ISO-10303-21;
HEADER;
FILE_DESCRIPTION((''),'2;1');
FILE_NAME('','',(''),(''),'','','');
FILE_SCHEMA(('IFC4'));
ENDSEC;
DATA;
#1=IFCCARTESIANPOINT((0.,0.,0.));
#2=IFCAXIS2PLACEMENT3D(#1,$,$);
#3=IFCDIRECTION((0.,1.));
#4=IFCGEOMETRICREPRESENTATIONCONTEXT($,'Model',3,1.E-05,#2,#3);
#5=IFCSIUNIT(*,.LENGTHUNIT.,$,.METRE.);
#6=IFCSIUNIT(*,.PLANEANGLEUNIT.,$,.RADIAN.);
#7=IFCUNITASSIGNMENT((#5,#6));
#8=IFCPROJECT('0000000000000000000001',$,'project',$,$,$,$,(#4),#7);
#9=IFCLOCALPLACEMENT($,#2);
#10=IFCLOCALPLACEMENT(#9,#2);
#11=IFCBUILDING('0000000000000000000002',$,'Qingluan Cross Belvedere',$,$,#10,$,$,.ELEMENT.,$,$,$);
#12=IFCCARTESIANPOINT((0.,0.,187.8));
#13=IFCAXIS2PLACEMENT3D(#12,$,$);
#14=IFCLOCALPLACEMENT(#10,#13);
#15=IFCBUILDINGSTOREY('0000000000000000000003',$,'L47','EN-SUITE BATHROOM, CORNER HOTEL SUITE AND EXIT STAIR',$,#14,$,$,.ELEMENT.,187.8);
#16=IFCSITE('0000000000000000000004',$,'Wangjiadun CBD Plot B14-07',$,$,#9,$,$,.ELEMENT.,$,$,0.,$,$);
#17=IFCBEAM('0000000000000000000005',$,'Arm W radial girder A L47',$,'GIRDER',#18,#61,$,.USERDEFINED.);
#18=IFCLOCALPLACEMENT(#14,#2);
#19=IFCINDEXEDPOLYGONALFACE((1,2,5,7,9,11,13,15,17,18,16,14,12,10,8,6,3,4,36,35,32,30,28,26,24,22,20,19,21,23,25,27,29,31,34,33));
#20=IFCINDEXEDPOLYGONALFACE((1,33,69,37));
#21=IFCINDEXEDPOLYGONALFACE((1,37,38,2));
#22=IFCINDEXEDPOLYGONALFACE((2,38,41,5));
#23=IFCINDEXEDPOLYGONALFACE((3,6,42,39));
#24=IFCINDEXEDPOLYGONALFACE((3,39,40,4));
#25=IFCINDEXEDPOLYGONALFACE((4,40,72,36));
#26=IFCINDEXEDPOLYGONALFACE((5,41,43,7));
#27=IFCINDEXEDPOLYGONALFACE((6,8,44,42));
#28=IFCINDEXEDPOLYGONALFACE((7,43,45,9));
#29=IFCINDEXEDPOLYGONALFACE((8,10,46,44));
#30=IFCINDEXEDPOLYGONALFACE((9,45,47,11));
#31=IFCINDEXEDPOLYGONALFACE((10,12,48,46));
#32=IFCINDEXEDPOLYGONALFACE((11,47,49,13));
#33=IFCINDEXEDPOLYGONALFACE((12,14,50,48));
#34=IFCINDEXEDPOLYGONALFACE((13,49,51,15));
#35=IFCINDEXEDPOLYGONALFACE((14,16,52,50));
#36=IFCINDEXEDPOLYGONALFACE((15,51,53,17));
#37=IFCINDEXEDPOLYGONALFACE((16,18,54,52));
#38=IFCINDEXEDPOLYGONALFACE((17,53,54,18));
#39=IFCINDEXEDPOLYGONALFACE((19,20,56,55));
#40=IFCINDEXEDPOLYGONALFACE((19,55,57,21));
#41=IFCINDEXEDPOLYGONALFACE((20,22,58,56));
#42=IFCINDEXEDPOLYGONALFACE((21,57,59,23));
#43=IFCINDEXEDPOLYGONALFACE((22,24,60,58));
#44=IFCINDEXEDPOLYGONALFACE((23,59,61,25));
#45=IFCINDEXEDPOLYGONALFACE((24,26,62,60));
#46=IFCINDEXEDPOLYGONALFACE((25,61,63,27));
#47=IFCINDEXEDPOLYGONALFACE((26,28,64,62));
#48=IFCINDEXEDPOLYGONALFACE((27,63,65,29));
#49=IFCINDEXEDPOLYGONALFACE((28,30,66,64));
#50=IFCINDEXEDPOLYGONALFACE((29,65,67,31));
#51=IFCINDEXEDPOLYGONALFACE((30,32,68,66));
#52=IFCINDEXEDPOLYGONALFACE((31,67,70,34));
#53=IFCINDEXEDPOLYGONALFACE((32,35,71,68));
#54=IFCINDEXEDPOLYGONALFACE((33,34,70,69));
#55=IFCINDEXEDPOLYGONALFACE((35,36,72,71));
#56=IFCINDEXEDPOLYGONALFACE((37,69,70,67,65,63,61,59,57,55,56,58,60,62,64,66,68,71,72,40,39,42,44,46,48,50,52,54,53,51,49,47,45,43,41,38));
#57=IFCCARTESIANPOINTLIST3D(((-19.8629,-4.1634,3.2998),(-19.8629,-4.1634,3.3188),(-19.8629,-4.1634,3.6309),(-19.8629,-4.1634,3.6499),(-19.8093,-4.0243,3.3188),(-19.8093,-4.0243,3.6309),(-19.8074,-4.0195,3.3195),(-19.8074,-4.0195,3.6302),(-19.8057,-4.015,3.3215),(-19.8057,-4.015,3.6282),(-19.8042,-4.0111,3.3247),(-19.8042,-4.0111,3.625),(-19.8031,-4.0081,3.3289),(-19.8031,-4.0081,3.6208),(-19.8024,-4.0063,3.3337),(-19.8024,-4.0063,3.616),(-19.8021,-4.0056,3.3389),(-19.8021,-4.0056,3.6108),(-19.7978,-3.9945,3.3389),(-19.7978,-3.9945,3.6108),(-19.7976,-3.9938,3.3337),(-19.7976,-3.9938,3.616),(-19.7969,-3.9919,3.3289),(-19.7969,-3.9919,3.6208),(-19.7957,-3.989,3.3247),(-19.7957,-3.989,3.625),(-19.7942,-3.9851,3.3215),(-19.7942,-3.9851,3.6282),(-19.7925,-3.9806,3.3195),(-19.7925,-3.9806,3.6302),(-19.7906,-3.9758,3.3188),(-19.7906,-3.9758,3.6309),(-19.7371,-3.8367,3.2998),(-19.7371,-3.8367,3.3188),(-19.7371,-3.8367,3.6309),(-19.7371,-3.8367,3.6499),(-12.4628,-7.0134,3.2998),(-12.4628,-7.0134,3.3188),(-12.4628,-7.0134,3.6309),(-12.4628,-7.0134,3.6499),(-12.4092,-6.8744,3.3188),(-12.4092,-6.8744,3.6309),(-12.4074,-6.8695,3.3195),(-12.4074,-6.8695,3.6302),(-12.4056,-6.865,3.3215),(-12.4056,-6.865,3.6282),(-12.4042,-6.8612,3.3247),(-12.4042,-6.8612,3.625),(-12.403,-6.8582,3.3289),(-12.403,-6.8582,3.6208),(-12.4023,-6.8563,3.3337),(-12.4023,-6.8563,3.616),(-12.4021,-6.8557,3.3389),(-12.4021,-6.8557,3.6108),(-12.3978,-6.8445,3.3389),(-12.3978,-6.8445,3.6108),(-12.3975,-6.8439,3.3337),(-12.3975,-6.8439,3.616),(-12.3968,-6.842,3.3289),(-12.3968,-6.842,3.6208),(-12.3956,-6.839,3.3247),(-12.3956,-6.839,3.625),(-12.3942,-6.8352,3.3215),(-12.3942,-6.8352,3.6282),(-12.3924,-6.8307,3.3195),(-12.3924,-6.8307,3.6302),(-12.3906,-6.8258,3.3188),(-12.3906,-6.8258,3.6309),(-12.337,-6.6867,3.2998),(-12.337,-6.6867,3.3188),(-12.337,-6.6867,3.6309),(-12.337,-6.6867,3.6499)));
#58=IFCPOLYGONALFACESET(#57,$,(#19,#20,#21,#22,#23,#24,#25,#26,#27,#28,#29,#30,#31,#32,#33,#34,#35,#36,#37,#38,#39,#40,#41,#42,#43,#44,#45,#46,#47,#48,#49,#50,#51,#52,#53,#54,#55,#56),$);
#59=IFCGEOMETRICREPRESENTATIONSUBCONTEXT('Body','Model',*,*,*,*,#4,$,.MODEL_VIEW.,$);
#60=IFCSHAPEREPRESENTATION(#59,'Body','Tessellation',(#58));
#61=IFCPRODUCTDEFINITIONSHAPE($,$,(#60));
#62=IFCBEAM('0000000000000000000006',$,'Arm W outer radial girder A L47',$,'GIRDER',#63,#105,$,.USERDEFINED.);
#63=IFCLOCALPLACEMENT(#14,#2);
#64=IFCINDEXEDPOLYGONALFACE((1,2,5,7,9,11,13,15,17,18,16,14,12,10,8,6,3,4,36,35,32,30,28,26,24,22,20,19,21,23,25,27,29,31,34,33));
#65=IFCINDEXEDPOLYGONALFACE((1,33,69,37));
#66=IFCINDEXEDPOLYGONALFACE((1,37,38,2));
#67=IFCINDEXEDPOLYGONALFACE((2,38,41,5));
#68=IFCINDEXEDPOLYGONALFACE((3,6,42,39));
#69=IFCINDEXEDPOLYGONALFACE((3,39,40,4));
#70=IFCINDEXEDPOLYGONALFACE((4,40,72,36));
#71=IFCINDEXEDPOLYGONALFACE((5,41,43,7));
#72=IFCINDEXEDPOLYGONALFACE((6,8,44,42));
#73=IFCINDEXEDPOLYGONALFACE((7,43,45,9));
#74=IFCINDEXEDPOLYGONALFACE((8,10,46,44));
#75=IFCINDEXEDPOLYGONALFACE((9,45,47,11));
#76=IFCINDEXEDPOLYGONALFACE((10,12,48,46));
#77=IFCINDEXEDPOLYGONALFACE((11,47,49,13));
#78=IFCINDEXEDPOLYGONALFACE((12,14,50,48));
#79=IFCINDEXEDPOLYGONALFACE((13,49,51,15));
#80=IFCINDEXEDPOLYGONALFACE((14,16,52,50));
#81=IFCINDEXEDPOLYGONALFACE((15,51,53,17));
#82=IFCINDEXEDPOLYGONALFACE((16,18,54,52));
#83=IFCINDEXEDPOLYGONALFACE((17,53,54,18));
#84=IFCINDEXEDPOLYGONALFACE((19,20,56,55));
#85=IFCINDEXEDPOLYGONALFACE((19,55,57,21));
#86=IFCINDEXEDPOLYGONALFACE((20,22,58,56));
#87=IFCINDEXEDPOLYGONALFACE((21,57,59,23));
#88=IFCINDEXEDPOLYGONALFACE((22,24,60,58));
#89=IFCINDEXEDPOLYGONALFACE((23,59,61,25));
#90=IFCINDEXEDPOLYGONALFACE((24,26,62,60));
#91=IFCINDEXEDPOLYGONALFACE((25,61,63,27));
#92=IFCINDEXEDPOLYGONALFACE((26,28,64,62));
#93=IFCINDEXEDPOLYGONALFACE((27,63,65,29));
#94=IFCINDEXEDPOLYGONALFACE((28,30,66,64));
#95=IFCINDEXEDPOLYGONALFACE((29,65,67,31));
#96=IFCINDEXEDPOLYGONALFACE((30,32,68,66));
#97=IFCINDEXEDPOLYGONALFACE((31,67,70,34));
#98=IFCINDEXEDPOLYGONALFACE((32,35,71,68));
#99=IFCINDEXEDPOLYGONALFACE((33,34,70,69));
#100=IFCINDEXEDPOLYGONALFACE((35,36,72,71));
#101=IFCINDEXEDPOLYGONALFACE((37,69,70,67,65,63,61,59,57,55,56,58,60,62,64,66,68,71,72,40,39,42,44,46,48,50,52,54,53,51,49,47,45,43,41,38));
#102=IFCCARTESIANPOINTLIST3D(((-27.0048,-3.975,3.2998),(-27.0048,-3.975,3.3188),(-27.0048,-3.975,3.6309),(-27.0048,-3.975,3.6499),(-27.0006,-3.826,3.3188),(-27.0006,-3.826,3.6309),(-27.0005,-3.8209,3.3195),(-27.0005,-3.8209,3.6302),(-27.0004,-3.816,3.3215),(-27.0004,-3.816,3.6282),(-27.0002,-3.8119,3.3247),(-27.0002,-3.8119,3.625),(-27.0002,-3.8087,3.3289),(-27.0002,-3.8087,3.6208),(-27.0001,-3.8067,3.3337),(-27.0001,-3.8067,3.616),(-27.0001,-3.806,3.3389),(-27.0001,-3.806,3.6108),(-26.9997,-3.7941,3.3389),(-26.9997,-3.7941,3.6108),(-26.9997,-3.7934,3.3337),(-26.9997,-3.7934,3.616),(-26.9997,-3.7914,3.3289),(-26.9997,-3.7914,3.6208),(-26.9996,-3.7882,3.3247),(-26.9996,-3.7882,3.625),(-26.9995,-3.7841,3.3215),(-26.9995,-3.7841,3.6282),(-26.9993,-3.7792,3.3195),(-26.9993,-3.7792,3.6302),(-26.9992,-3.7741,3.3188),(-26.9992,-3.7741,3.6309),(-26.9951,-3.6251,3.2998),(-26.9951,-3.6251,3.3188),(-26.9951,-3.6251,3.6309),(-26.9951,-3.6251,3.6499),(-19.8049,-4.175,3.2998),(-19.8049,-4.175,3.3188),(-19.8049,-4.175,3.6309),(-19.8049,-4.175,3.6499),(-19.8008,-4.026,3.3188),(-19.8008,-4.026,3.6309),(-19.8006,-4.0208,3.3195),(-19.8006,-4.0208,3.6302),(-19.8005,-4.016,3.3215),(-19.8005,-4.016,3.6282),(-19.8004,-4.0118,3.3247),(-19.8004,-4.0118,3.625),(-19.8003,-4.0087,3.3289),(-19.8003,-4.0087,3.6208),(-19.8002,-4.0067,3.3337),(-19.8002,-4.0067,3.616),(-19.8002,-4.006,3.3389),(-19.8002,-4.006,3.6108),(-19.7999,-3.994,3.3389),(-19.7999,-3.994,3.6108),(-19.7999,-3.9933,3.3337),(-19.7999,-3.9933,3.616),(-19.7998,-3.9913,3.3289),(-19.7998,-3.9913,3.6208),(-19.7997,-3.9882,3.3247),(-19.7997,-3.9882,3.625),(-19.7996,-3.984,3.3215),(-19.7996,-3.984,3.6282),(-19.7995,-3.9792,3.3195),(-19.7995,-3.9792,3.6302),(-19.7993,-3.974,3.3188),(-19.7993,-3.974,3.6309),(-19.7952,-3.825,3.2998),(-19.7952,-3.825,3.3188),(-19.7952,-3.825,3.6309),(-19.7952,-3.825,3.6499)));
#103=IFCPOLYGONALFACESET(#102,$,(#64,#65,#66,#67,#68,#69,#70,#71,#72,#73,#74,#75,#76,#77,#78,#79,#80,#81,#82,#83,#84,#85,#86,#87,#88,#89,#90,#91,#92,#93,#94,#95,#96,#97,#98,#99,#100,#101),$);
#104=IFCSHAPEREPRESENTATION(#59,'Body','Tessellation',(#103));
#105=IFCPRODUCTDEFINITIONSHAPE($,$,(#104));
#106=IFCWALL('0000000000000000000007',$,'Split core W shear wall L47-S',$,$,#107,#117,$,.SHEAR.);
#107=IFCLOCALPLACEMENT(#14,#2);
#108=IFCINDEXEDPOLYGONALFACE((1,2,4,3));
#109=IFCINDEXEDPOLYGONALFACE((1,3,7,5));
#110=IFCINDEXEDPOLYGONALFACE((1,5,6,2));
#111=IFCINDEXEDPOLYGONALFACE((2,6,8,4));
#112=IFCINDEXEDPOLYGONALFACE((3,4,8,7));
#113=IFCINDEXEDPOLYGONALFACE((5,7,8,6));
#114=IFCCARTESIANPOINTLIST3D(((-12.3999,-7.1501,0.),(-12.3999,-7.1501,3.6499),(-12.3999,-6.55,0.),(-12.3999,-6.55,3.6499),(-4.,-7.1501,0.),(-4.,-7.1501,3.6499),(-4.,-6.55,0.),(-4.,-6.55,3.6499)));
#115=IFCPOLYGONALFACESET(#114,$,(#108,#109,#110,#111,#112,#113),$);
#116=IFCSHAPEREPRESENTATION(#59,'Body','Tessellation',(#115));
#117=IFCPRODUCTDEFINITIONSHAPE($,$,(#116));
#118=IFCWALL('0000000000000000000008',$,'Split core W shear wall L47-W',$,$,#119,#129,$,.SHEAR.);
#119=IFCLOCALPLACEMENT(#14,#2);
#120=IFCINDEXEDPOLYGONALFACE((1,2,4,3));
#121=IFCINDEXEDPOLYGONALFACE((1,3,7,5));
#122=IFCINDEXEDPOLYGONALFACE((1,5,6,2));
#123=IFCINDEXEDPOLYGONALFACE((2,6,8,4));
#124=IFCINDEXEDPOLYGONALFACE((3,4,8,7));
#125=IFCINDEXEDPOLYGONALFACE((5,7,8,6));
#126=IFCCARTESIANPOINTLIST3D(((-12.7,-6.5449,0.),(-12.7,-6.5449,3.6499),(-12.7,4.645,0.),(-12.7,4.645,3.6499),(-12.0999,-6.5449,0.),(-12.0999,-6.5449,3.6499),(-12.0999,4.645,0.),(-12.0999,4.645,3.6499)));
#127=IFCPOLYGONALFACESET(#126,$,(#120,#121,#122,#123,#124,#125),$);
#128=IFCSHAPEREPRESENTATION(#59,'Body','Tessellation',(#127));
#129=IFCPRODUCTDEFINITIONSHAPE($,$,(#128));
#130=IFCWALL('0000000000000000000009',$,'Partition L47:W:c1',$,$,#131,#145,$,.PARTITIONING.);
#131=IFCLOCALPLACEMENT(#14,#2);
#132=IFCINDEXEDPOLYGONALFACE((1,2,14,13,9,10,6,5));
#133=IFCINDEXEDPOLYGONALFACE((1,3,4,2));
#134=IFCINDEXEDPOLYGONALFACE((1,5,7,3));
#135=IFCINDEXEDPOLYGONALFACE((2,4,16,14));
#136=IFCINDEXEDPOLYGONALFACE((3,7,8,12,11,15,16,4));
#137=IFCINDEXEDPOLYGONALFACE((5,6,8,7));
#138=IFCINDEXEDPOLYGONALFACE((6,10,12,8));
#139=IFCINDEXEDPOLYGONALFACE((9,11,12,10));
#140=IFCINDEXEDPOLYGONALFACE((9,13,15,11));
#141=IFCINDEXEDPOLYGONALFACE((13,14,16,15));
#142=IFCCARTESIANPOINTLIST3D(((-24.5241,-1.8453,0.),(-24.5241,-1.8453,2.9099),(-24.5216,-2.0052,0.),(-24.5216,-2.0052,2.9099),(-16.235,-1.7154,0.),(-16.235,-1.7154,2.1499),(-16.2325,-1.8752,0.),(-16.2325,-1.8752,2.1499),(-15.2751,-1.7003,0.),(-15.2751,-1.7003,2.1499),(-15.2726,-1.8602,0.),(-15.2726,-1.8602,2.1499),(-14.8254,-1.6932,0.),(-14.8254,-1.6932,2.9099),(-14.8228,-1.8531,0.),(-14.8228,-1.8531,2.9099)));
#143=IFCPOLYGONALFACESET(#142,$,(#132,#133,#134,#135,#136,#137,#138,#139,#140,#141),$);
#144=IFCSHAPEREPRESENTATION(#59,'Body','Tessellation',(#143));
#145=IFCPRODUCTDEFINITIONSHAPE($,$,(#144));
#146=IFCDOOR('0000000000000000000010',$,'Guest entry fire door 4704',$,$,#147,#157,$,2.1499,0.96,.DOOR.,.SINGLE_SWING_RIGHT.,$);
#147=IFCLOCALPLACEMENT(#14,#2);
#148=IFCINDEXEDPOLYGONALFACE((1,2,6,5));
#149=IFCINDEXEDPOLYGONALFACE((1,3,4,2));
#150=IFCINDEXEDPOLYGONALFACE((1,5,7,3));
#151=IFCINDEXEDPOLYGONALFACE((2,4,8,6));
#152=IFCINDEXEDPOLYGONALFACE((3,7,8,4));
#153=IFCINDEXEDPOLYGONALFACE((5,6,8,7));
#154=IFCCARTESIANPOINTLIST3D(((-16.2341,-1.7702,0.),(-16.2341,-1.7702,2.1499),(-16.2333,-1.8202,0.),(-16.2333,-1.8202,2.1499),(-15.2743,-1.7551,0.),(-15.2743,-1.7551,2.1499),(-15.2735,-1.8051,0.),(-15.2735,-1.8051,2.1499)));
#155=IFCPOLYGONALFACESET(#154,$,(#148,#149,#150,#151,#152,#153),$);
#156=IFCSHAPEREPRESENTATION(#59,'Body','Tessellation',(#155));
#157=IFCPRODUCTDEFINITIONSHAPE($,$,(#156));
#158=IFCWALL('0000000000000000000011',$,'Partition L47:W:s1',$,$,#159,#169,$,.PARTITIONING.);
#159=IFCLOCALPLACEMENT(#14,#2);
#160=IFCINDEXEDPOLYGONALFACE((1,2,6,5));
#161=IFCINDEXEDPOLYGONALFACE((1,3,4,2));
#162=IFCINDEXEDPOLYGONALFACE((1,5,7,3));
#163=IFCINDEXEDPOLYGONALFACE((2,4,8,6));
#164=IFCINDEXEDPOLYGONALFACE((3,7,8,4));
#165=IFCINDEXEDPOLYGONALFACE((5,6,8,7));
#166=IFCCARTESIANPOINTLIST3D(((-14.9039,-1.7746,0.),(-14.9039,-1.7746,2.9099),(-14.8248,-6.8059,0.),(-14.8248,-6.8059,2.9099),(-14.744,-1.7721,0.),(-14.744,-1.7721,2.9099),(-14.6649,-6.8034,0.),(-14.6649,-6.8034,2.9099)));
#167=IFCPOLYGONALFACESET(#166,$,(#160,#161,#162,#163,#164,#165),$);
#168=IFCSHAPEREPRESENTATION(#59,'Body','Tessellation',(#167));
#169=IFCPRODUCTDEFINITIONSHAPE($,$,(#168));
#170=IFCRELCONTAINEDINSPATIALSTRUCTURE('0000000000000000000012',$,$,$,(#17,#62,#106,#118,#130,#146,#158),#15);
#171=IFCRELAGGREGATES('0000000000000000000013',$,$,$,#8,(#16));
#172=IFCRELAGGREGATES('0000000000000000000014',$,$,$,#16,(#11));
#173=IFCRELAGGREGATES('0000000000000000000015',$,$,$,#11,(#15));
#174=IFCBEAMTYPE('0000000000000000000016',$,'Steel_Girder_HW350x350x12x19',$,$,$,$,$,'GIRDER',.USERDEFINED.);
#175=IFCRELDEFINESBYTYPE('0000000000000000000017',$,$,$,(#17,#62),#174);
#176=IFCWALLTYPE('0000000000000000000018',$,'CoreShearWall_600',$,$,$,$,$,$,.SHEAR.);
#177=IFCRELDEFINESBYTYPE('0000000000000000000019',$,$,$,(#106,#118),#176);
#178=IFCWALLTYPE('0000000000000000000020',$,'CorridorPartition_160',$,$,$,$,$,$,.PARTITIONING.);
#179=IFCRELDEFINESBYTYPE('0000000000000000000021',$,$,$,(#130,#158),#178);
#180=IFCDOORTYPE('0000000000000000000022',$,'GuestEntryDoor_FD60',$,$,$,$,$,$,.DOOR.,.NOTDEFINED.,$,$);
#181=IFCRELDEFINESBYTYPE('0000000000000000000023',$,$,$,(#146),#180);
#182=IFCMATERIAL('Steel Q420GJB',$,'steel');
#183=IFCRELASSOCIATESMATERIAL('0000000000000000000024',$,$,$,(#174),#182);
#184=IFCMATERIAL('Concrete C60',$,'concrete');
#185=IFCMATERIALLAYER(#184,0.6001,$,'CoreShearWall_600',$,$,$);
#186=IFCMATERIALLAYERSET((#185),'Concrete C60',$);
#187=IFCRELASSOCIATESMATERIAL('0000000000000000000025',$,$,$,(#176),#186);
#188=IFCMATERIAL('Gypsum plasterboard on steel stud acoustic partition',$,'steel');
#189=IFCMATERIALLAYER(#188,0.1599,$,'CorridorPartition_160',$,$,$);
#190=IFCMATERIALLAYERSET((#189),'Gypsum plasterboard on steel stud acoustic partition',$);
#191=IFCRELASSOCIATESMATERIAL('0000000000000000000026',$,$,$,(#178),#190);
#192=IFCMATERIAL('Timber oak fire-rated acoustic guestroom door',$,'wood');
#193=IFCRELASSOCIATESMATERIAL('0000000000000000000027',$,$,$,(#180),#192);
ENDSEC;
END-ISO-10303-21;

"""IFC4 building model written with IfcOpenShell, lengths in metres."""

from ifc_helpers import new_model, si_unit, direction, frame, frame_2d, origin, origin_2d, place, context, subcontext, project, spatial, rectangle, i_section, extrude, material, layer, layer_set, material_profile, profile_set, type_object, element, fill, save


model = new_model("IFC4")

# Units and contexts
model_context = context("Model", 3, precision=1e-05, world=origin(), true_north=direction((0.0, 1.0)))
body_context = subcontext(model_context, "Body", "Model", "MODEL_VIEW")
ifc_project = project(units=[si_unit("LENGTHUNIT", "METRE"), si_unit("PLANEANGLEUNIT", "RADIAN")], contexts=[model_context])

# Site, building, storey
site_placement = place(None, origin())
site = spatial("IfcSite", under=ifc_project, at=site_placement, Name="Wangjiadun CBD Plot B14-07", CompositionType="ELEMENT", RefElevation=0.0)
building_placement = place(site_placement, origin())
building = spatial("IfcBuilding", under=site, at=building_placement, Name="Qingluan Cross Belvedere", CompositionType="ELEMENT")
storey_placement = place(building_placement, frame((0.0, 0.0, 187.8)))
storey = spatial("IfcBuildingStorey", under=building, at=storey_placement, Name="L47", Description="EN-SUITE BATHROOM, CORNER HOTEL SUITE AND EXIT STAIR", CompositionType="ELEMENT", Elevation=187.8)

# Beams
ifc_material_1 = material(Name="Steel Q420GJB", Category="steel")
ifc_material_profile_1 = material_profile(ifc_material_1, i_section(OverallWidth=0.3501, OverallDepth=0.3501, WebThickness=0.012, FlangeThickness=0.019, FilletRadius=0.02, at=origin_2d()), Name="HW350x350x12x19")
ifc_profile_set_1 = profile_set([ifc_material_profile_1], Name="Steel Q420GJB")
beam_type_1 = type_object("IfcBeamType", Name="Steel_Girder_HW350x350x12x19", ElementType="GIRDER", PredefinedType="USERDEFINED", material=ifc_profile_set_1)
beam_1_placement = place(storey_placement, frame((-12.3999, -6.8501, 3.4749), z_axis=(-0.933181, 0.359406, 0.0), x_axis=(-0.359406, -0.933181, 0.0)))
element("IfcBeam", 1, at=beam_1_placement, inside=storey, type_object=beam_type_1, Name="Arm W radial girder A L47", ObjectType="GIRDER", PredefinedType="USERDEFINED", context=body_context, shape_type="SweptSolid", body=[
    extrude(i_section(OverallWidth=0.3501, OverallDepth=0.3501, WebThickness=0.012, FlangeThickness=0.019, FilletRadius=0.02, at=origin_2d()), origin(), (0.0, 0.0, 1.0), 7.9299),
])
beam_2_placement = place(storey_placement, frame((-19.8, -4.0, 3.4749), z_axis=(-0.999615, 0.02776, 0.0), x_axis=(-0.02776, -0.999615, 0.0)))
element("IfcBeam", 2, at=beam_2_placement, inside=storey, type_object=beam_type_1, Name="Arm W outer radial girder A L47", ObjectType="GIRDER", PredefinedType="USERDEFINED", context=body_context, shape_type="SweptSolid", body=[
    extrude(i_section(OverallWidth=0.3501, OverallDepth=0.3501, WebThickness=0.012, FlangeThickness=0.019, FilletRadius=0.02, at=origin_2d()), origin(), (0.0, 0.0, 1.0), 7.2026),
])

# Walls
ifc_material_2 = material(Name="Concrete C60", Category="concrete")
ifc_layer_1 = layer(ifc_material_2, 0.6001, Name="CoreShearWall_600")
ifc_layer_set_1 = layer_set([ifc_layer_1], Name="Concrete C60")
wall_type_1 = type_object("IfcWallType", Name="CoreShearWall_600", PredefinedType="SHEAR", material=ifc_layer_set_1)
wall_1_placement = place(storey_placement, frame((-12.3999, -6.8501, 0.0), z_axis=(0.0, 0.0, 1.0), x_axis=(1.0, 0.0, 0.0)))
element("IfcWall", 3, at=wall_1_placement, inside=storey, type_object=wall_type_1, Name="Split core W shear wall L47-S", PredefinedType="SHEAR", context=body_context, shape_type="SweptSolid", body=[
    extrude(rectangle(XDim=8.3999, YDim=0.6001, at=frame_2d((4.2, 0.0))), origin(), (0.0, 0.0, 1.0), 3.6499),
])
wall_2_placement = place(storey_placement, frame((-12.3999, -6.5449, 0.0), z_axis=(0.0, 0.0, 1.0), x_axis=(0.0, 1.0, 0.0)))
element("IfcWall", 4, at=wall_2_placement, inside=storey, type_object=wall_type_1, Name="Split core W shear wall L47-W", PredefinedType="SHEAR", context=body_context, shape_type="SweptSolid", body=[
    extrude(rectangle(XDim=11.1899, YDim=0.6001, at=frame_2d((5.595, 0.0))), origin(), (0.0, 0.0, 1.0), 3.6499),
])

# Wall, opening, door
ifc_material_3 = material(Name="Gypsum plasterboard on steel stud acoustic partition", Category="steel")
ifc_layer_2 = layer(ifc_material_3, 0.1599, Name="CorridorPartition_160")
ifc_layer_set_2 = layer_set([ifc_layer_2], Name="Gypsum plasterboard on steel stud acoustic partition")
wall_type_2 = type_object("IfcWallType", Name="CorridorPartition_160", PredefinedType="PARTITIONING", material=ifc_layer_set_2)
wall_3_placement = place(storey_placement, frame((-14.824, -1.7732, 0.0), z_axis=(0.0, 0.0, 1.0), x_axis=(-0.999877, -0.01568, 0.0)))
wall_3 = element("IfcWall", 5, at=wall_3_placement, inside=storey, type_object=wall_type_2, Name="Partition L47:W:c1", PredefinedType="PARTITIONING", context=body_context, shape_type="SweptSolid", body=[
    extrude(rectangle(XDim=9.7, YDim=0.1599, at=frame_2d((4.8501, 0.0))), origin(), (0.0, 0.0, 1.0), 2.9099),
])
opening_1_placement = place(wall_3_placement, frame((0.45, 0.0, 0.0)))
opening_1 = element("IfcOpeningElement", 6, at=opening_1_placement, cuts=wall_3, PredefinedType="OPENING", context=body_context, shape_type="SweptSolid", body=[
    extrude(rectangle(XDim=0.96, YDim=2.1499, at=frame_2d((0.48, 1.075))), frame((0.0, 0.0898, 0.0), z_axis=(0.0, -1.0, 0.0), x_axis=(1.0, 0.0, 0.0)), (0.0, 0.0, 1.0), 0.1799),
])
ifc_material_4 = material(Name="Timber oak fire-rated acoustic guestroom door", Category="wood")
door_type_1 = type_object("IfcDoorType", Name="GuestEntryDoor_FD60", OperationType="NOTDEFINED", PredefinedType="DOOR", material=ifc_material_4)
door_1_placement = place(opening_1_placement, origin())
door_1 = element("IfcDoor", 7, at=door_1_placement, inside=storey, type_object=door_type_1, Name="Guest entry fire door 4704", OperationType="SINGLE_SWING_RIGHT", OverallHeight=2.1499, OverallWidth=0.96, PredefinedType="DOOR", context=body_context, shape_type="SweptSolid", body=[
    extrude(rectangle(XDim=0.96, YDim=2.1499, at=frame_2d((0.48, 1.075))), frame((0.0, 0.0249, 0.0), z_axis=(0.0, -1.0, 0.0), x_axis=(1.0, 0.0, 0.0)), (0.0, 0.0, 1.0), 0.05),
])
fill(opening_1, door_1)

# Wall
wall_4_placement = place(storey_placement, frame((-14.824, -1.7732, 0.0), z_axis=(0.0, 0.0, 1.0), x_axis=(0.01572, -0.999876, 0.0)))
element("IfcWall", 8, at=wall_4_placement, inside=storey, type_object=wall_type_2, Name="Partition L47:W:s1", PredefinedType="PARTITIONING", context=body_context, shape_type="SweptSolid", body=[
    extrude(rectangle(XDim=5.032, YDim=0.1599, at=frame_2d((2.5161, 0.0))), origin(), (0.0, 0.0, 1.0), 2.9099),
])

save(model, "model.ifc")
